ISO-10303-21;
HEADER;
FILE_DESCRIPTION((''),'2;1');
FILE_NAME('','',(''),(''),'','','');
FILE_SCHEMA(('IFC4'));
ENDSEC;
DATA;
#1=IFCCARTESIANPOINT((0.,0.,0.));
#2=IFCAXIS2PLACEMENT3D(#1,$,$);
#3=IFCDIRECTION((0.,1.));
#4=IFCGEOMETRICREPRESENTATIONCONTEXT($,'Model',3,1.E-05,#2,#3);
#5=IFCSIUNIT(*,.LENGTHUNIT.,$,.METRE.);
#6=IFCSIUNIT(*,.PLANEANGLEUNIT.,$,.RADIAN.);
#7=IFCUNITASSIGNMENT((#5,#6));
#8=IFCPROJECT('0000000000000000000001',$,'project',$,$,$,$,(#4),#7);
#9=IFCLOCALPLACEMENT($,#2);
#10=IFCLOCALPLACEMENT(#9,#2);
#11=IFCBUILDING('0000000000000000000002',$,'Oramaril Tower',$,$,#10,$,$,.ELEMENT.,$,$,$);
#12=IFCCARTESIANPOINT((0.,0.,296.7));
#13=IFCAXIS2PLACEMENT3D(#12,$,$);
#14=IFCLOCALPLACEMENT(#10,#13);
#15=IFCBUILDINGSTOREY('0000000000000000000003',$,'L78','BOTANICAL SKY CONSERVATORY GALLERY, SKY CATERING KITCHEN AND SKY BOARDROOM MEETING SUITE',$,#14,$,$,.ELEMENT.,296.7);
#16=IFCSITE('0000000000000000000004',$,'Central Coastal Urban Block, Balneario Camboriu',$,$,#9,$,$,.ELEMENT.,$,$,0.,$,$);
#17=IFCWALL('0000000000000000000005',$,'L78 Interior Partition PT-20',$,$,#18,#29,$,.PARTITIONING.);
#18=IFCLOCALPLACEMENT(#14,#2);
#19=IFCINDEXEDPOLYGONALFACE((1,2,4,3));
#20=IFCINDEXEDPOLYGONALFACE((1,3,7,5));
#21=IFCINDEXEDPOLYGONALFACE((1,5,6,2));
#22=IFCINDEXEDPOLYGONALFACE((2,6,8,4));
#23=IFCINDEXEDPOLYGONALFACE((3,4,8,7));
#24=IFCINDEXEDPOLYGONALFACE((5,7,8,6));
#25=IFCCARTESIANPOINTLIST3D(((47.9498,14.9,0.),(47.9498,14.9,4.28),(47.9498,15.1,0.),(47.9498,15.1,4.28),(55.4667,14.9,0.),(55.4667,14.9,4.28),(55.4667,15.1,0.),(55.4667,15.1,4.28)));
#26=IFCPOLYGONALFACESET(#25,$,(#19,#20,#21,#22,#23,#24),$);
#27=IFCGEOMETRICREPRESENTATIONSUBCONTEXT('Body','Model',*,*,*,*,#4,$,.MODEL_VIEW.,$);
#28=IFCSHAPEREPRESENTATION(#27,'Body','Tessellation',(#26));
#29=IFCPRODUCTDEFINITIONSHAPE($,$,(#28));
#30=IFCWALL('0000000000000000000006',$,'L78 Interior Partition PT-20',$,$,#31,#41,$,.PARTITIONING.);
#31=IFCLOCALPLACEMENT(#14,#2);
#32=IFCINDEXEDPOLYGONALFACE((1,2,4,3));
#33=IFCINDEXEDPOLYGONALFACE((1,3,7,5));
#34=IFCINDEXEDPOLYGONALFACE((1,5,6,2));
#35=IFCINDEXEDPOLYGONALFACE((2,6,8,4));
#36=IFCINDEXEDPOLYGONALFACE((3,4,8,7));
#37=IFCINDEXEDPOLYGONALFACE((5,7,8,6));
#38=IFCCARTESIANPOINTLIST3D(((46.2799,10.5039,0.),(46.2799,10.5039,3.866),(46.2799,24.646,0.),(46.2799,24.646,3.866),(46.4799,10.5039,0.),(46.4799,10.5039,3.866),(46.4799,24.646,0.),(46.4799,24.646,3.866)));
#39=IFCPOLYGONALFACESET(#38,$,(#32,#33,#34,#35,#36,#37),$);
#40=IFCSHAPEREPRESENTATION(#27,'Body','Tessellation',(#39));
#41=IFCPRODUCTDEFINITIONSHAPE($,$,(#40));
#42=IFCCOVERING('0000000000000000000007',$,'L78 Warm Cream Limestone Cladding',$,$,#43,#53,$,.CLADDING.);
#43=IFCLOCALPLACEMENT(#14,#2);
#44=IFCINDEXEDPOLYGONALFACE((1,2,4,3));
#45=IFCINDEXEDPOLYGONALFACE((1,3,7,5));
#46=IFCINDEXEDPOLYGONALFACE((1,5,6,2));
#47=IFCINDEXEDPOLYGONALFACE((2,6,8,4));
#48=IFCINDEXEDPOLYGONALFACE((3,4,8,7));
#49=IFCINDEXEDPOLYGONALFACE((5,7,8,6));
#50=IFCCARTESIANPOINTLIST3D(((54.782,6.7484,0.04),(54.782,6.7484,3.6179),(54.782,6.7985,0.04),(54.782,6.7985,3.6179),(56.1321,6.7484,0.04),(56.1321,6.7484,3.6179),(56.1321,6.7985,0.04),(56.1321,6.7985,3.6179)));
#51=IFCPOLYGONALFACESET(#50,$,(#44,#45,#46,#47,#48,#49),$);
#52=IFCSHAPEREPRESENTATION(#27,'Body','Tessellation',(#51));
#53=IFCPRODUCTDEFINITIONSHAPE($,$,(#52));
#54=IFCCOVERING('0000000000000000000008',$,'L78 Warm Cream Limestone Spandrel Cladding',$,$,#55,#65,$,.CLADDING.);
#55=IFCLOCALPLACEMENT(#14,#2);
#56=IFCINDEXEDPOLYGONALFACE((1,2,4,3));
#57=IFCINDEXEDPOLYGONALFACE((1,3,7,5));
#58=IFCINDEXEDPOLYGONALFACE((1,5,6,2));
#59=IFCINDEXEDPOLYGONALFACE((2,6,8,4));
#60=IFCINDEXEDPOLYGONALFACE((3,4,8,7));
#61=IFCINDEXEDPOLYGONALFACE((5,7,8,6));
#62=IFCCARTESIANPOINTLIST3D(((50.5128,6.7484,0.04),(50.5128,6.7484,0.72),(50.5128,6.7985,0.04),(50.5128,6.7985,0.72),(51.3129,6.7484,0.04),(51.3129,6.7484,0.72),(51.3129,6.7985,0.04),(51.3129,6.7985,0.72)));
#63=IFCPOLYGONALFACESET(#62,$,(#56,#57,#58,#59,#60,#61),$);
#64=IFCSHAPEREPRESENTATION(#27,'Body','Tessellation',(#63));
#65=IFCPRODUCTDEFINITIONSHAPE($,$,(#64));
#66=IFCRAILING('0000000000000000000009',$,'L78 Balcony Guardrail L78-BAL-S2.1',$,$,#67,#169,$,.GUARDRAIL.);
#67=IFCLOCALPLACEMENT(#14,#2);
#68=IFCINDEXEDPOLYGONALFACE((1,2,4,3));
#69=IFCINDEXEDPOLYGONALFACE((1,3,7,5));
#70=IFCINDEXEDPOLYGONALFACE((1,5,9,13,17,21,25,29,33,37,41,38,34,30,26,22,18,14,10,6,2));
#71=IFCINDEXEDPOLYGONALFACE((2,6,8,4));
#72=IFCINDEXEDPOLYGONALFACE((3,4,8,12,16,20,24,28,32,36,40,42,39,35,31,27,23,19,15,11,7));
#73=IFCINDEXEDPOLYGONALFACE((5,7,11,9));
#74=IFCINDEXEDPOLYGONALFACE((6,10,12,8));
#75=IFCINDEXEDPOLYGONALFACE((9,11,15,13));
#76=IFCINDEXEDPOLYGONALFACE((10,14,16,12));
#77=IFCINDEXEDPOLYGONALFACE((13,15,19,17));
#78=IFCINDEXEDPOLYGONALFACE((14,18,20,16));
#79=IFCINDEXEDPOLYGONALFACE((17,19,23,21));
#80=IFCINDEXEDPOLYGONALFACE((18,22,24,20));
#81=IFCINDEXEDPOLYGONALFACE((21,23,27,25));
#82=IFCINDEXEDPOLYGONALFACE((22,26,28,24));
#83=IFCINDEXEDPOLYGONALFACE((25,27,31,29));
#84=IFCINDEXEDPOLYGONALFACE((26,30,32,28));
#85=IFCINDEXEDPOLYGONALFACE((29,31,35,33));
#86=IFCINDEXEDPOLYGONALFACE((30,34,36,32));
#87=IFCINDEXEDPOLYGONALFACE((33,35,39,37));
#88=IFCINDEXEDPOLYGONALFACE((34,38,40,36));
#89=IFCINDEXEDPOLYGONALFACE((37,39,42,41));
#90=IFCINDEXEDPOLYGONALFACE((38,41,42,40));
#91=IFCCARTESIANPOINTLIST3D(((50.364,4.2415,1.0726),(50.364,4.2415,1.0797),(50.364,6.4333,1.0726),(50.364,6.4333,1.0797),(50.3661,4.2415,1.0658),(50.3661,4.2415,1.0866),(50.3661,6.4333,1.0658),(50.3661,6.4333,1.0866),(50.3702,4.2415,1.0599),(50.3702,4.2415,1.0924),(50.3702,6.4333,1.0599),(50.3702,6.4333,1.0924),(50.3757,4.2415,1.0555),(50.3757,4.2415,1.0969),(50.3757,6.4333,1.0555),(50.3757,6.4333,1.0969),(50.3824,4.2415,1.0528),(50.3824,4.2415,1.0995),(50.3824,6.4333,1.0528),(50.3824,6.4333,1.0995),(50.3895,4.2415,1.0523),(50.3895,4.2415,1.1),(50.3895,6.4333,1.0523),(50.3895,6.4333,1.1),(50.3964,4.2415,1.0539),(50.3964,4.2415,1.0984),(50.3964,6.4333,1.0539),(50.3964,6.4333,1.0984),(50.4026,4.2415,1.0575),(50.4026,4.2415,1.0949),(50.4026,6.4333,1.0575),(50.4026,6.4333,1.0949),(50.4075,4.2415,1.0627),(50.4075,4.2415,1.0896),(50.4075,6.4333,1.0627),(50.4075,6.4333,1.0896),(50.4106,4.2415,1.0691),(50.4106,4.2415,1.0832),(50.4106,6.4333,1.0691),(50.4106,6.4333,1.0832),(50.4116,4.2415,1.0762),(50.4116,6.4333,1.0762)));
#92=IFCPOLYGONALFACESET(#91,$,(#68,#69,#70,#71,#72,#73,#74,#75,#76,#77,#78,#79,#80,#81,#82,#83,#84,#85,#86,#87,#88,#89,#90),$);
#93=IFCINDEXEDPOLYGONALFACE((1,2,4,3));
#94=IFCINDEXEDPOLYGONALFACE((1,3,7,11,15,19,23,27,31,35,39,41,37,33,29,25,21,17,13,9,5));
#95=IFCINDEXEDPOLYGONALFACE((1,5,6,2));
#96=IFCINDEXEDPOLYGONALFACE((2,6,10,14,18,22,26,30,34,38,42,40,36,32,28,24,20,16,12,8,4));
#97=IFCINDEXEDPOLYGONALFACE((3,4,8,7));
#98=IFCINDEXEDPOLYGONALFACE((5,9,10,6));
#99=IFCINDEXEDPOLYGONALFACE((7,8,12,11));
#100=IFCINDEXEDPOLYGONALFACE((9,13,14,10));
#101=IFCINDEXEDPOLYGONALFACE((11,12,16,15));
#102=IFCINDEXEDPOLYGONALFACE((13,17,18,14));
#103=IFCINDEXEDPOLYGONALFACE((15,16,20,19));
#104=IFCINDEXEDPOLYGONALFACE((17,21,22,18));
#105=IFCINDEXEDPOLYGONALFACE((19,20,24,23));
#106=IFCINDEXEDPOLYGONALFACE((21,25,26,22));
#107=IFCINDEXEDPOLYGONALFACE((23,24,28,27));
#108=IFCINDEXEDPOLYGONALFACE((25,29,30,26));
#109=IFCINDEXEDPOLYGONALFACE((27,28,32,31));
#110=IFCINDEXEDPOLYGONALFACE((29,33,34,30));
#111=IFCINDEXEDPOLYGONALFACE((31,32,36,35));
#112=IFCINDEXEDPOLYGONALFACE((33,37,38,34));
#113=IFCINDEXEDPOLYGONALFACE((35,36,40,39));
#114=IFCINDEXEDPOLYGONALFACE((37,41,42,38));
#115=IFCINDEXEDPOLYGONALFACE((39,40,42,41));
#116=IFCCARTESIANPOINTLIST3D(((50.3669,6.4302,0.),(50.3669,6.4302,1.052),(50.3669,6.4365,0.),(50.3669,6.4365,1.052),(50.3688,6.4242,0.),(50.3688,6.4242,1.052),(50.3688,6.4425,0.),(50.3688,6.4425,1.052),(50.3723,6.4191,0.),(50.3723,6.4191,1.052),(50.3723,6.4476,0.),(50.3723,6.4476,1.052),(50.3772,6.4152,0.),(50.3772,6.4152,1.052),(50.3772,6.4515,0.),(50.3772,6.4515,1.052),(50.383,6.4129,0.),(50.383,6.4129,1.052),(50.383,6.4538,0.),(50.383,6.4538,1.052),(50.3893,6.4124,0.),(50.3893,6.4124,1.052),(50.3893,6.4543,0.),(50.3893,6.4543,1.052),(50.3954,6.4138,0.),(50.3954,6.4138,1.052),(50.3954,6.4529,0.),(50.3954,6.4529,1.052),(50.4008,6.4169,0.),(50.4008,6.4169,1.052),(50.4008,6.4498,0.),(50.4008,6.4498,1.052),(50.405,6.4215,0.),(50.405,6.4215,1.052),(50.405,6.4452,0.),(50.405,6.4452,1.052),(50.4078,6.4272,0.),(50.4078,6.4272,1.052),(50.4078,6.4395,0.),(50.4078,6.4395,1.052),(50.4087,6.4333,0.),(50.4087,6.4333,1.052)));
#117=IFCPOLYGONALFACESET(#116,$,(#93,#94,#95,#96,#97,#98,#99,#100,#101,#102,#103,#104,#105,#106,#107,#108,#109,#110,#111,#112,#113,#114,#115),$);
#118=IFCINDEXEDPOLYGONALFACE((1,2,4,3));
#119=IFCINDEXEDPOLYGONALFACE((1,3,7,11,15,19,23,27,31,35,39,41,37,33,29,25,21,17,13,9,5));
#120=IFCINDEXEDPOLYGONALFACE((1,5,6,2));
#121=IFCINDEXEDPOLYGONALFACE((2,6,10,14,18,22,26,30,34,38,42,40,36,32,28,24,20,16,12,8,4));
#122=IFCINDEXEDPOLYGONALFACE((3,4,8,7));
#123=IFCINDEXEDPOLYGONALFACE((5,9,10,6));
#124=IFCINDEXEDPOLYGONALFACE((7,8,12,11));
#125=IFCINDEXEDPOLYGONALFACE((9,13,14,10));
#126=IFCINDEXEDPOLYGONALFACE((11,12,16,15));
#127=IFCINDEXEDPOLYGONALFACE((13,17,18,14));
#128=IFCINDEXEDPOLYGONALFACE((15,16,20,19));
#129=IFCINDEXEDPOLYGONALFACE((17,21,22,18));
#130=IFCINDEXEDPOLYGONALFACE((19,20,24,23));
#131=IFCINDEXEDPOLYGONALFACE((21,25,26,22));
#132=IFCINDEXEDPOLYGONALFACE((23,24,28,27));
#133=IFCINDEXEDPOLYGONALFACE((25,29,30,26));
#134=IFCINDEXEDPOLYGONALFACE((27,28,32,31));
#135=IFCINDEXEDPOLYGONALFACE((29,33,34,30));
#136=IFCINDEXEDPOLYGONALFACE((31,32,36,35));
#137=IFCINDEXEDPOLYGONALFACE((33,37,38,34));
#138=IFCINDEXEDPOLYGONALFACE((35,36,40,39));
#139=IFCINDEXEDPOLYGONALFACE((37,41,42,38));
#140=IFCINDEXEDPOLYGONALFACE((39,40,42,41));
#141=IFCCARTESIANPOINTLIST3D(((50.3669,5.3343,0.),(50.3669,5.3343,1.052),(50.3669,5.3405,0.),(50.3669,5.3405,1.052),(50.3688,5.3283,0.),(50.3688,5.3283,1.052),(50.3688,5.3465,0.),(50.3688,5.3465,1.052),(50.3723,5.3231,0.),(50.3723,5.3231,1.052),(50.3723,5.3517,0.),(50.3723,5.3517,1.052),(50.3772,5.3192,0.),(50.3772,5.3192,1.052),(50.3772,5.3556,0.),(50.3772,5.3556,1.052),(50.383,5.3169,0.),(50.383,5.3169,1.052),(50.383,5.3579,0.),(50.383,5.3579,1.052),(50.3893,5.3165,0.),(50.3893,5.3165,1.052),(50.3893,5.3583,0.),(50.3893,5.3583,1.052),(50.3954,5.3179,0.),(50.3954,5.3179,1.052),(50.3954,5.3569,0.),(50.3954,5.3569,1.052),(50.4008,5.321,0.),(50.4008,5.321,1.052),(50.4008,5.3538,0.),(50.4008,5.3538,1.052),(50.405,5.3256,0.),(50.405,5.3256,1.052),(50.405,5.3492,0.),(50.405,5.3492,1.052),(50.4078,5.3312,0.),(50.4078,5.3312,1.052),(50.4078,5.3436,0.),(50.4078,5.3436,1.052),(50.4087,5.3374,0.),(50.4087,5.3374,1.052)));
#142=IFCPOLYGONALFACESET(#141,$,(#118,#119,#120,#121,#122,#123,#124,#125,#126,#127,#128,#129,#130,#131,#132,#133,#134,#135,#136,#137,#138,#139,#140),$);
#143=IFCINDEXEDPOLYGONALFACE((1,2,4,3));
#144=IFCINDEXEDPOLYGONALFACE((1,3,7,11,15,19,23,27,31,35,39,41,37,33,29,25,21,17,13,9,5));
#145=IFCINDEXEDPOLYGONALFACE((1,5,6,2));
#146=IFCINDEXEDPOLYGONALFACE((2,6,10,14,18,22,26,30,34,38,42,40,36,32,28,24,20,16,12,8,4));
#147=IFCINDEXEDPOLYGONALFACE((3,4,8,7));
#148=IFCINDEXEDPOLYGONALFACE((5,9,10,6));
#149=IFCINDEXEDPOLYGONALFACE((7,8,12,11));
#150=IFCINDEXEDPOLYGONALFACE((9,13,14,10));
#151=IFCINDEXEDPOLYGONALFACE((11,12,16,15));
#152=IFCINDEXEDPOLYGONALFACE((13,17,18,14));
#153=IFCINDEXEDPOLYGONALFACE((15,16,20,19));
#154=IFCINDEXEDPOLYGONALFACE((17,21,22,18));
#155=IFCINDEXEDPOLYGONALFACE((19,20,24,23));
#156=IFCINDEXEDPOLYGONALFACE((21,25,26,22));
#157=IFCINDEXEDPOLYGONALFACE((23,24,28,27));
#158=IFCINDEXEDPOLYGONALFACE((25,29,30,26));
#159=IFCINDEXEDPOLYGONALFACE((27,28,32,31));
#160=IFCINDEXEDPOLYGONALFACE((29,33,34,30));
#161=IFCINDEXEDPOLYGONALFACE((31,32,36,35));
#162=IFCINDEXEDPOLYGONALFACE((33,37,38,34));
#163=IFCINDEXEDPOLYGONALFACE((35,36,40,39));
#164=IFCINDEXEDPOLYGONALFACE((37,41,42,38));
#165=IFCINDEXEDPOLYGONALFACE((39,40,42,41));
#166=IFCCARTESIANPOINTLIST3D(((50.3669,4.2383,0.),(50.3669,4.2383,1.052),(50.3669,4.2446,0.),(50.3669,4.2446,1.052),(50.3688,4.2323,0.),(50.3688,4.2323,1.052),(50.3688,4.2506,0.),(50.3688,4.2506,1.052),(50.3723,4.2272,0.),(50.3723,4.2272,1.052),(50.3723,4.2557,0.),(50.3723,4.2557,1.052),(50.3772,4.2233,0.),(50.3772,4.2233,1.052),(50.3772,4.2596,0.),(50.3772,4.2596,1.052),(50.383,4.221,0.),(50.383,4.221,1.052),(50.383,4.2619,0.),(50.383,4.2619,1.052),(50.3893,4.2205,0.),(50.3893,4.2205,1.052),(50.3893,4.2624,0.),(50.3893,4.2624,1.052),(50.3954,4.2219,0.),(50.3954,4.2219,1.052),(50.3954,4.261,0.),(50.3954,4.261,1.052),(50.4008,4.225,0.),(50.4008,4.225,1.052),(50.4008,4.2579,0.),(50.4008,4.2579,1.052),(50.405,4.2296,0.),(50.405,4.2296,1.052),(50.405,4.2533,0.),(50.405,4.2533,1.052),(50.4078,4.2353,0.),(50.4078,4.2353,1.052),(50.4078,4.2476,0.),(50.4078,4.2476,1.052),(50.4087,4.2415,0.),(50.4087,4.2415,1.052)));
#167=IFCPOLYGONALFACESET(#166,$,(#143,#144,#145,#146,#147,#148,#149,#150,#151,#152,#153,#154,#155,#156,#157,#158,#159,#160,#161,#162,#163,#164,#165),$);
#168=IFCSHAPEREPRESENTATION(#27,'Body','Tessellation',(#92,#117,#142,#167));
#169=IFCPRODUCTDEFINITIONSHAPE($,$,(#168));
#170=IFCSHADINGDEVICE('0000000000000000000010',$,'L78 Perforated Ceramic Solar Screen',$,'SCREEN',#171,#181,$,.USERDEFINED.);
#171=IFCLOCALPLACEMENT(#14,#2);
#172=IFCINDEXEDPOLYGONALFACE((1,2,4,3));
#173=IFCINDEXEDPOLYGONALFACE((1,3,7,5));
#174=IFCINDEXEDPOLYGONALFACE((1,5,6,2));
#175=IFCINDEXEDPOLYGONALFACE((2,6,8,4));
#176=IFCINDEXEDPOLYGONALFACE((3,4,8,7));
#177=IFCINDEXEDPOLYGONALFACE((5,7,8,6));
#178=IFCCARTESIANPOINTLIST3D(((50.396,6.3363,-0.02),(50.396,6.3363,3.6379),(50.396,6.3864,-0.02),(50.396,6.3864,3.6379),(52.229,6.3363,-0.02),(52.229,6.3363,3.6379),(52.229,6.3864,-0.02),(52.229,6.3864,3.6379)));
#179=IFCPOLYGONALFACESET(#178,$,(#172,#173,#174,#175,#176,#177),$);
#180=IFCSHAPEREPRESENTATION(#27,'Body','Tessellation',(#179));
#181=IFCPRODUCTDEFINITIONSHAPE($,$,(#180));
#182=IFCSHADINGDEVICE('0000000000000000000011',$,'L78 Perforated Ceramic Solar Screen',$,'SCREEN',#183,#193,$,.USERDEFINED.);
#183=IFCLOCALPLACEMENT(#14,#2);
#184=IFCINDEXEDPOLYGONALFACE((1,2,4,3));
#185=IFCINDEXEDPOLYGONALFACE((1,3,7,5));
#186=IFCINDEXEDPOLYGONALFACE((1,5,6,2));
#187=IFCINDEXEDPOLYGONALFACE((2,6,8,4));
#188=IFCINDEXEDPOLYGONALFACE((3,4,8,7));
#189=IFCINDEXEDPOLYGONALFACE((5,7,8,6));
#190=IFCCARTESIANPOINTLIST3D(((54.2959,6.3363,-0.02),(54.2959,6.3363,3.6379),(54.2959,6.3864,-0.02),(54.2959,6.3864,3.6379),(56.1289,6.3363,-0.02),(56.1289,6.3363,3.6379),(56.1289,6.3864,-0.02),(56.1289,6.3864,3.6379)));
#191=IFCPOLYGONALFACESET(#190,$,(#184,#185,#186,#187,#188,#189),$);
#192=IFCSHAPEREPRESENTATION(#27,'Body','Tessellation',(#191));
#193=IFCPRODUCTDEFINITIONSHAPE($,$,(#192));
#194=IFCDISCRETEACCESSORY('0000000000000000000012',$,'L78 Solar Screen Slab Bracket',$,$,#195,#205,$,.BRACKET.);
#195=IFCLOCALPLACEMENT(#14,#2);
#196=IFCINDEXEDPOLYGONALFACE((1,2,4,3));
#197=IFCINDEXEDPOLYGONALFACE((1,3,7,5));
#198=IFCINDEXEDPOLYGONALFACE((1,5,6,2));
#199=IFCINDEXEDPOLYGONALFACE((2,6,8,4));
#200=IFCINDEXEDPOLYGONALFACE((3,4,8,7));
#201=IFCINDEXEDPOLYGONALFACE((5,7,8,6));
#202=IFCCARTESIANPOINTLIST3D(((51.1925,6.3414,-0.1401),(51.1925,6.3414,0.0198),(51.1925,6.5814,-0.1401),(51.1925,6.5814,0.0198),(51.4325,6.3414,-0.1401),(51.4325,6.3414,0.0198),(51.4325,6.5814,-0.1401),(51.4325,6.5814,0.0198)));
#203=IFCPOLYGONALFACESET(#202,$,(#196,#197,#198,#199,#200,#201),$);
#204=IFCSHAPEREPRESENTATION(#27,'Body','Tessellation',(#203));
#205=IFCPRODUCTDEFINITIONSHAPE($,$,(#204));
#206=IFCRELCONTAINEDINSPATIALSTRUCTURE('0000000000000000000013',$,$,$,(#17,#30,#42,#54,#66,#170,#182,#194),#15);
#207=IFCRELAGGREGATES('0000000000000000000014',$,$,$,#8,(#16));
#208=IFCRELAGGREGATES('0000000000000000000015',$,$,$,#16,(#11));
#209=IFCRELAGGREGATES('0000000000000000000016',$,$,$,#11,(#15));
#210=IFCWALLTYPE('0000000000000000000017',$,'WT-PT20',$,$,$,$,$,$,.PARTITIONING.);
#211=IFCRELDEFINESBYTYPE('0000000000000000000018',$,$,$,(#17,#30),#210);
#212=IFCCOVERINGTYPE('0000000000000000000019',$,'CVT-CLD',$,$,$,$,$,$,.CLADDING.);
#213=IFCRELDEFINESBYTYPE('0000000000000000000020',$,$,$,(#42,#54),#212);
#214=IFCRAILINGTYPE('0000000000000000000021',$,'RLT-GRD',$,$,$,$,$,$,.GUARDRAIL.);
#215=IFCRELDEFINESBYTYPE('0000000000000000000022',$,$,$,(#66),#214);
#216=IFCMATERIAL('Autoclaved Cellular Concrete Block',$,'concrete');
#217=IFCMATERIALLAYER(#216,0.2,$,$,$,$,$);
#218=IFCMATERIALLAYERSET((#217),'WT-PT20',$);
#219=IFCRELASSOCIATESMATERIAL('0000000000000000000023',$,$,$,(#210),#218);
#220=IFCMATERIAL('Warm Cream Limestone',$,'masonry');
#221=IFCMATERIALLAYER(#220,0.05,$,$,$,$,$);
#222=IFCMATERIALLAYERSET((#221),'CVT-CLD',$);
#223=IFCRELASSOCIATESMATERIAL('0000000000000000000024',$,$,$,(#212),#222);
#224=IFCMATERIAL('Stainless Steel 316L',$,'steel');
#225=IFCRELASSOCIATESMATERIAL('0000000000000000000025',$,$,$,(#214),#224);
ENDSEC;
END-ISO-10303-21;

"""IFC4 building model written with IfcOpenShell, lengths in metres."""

from ifc_helpers import new_model, si_unit, direction, frame, frame_2d, origin, origin_2d, place, context, subcontext, project, spatial, rectangle, circle, extrude, material, layer, layer_set, type_object, element, save


model = new_model("IFC4")

# Units and contexts
model_context = context("Model", 3, precision=1e-05, world=origin(), true_north=direction((0.0, 1.0)))
body_context = subcontext(model_context, "Body", "Model", "MODEL_VIEW")
ifc_project = project(units=[si_unit("LENGTHUNIT", "METRE"), si_unit("PLANEANGLEUNIT", "RADIAN")], contexts=[model_context])

# Site, building, storey
site_placement = place(None, origin())
site = spatial("IfcSite", under=ifc_project, at=site_placement, Name="Central Coastal Urban Block, Balneario Camboriu", CompositionType="ELEMENT", RefElevation=0.0)
building_placement = place(site_placement, origin())
building = spatial("IfcBuilding", under=site, at=building_placement, Name="Oramaril Tower", CompositionType="ELEMENT")
storey_placement = place(building_placement, frame((0.0, 0.0, 296.7)))
storey = spatial("IfcBuildingStorey", under=building, at=storey_placement, Name="L78", Description="BOTANICAL SKY CONSERVATORY GALLERY, SKY CATERING KITCHEN AND SKY BOARDROOM MEETING SUITE", CompositionType="ELEMENT", Elevation=296.7)

# Walls
ifc_material_1 = material(Name="Autoclaved Cellular Concrete Block", Category="concrete")
ifc_layer_1 = layer(ifc_material_1, 0.2)
ifc_layer_set_1 = layer_set([ifc_layer_1], Name="WT-PT20")
wall_type_1 = type_object("IfcWallType", Name="WT-PT20", PredefinedType="PARTITIONING", material=ifc_layer_set_1)
wall_1_placement = place(storey_placement, frame((47.95, 15.0, 0.0), z_axis=(0.0, 0.0, 1.0), x_axis=(1.0, 0.0, 0.0)))
element("IfcWall", 1, at=wall_1_placement, inside=storey, type_object=wall_type_1, Name="L78 Interior Partition PT-20", PredefinedType="PARTITIONING", context=body_context, shape_type="SweptSolid", body=[
    extrude(rectangle(XDim=7.5168, YDim=0.2, at=frame_2d((3.7583, 0.0))), origin(), (0.0, 0.0, 1.0), 4.28),
])
wall_2_placement = place(storey_placement, frame((46.3799, 10.5039, 0.0), z_axis=(0.0, 0.0, 1.0), x_axis=(0.0, 1.0, 0.0)))
element("IfcWall", 2, at=wall_2_placement, inside=storey, type_object=wall_type_1, Name="L78 Interior Partition PT-20", PredefinedType="PARTITIONING", context=body_context, shape_type="SweptSolid", body=[
    extrude(rectangle(XDim=14.1421, YDim=0.2, at=frame_2d((7.071, 0.0))), origin(), (0.0, 0.0, 1.0), 3.866),
])

# Coverings
ifc_material_2 = material(Name="Warm Cream Limestone", Category="masonry")
ifc_layer_2 = layer(ifc_material_2, 0.05)
ifc_layer_set_2 = layer_set([ifc_layer_2], Name="CVT-CLD")
covering_type = type_object("IfcCoveringType", Name="CVT-CLD", PredefinedType="CLADDING", material=ifc_layer_set_2)
covering_1_placement = place(storey_placement, frame((55.457, 6.7734, 0.04), z_axis=(0.0, 0.0, 1.0), x_axis=(1.0, 0.0, 0.0)))
element("IfcCovering", 3, at=covering_1_placement, inside=storey, type_object=covering_type, Name="L78 Warm Cream Limestone Cladding", PredefinedType="CLADDING", context=body_context, shape_type="SweptSolid", body=[
    extrude(rectangle(XDim=1.3501, YDim=0.05, at=origin_2d()), origin(), (0.0, 0.0, 1.0), 3.5779),
])
covering_2_placement = place(storey_placement, frame((50.9128, 6.7734, 0.04), z_axis=(0.0, 0.0, 1.0), x_axis=(1.0, 0.0, 0.0)))
element("IfcCovering", 4, at=covering_2_placement, inside=storey, type_object=covering_type, Name="L78 Warm Cream Limestone Spandrel Cladding", PredefinedType="CLADDING", context=body_context, shape_type="SweptSolid", body=[
    extrude(rectangle(XDim=0.8, YDim=0.05, at=origin_2d()), origin(), (0.0, 0.0, 1.0), 0.6799),
])

# Railing
ifc_material_3 = material(Name="Stainless Steel 316L", Category="steel")
railing_type = type_object("IfcRailingType", Name="RLT-GRD", PredefinedType="GUARDRAIL", material=ifc_material_3)
railing_1_placement = place(storey_placement, frame((50.3877, 6.4333, 0.0)))
element("IfcRailing", 5, at=railing_1_placement, inside=storey, type_object=railing_type, Name="L78 Balcony Guardrail L78-BAL-S2.1", PredefinedType="GUARDRAIL", context=body_context, shape_type="SweptSolid", body=[
    extrude(circle(Radius=0.0239, at=origin_2d()), frame((0.0, 0.0, 1.0762), z_axis=(0.0, -1.0, 0.0), x_axis=(1.0, 0.0, 0.0)), (0.0, 0.0, 1.0), 2.1919),
    extrude(circle(Radius=0.021, at=origin_2d()), origin(), (0.0, 0.0, 1.0), 1.052),
    extrude(circle(Radius=0.021, at=origin_2d()), frame((0.0, -1.0959, 0.0)), (0.0, 0.0, 1.0), 1.052),
    extrude(circle(Radius=0.021, at=origin_2d()), frame((0.0, -2.1919, 0.0)), (0.0, 0.0, 1.0), 1.052),
])

# Shading devices
for number, where, z_axis, x_axis, name in (
    (6, (51.3125, 6.3613, -0.02), (0.0, 0.0, 1.0), (1.0, 0.0, 0.0), "L78 Perforated Ceramic Solar Screen"),
    (7, (55.2124, 6.3613, -0.02), (0.0, 0.0, 1.0), (1.0, 0.0, 0.0), "L78 Perforated Ceramic Solar Screen"),
):
    element("IfcShadingDevice", number, at=place(storey_placement, frame(where, z_axis=z_axis, x_axis=x_axis)), inside=storey, Name=name, ObjectType="SCREEN", PredefinedType="USERDEFINED", context=body_context, shape_type="SweptSolid", body=[
        extrude(rectangle(XDim=1.833, YDim=0.05, at=origin_2d()), origin(), (0.0, 0.0, 1.0), 3.658),
    ])

# Discrete accessory
for number, where, z_axis, x_axis, name in (
    (8, (51.3125, 6.4614, -0.1401), (0.0, 0.0, 1.0), (1.0, 0.0, 0.0), "L78 Solar Screen Slab Bracket"),
):
    element("IfcDiscreteAccessory", number, at=place(storey_placement, frame(where, z_axis=z_axis, x_axis=x_axis)), inside=storey, Name=name, PredefinedType="BRACKET", context=body_context, shape_type="SweptSolid", body=[
        extrude(rectangle(XDim=0.24, YDim=0.24, at=origin_2d()), origin(), (0.0, 0.0, 1.0), 0.1599),
    ])

save(model, "model.ifc")
